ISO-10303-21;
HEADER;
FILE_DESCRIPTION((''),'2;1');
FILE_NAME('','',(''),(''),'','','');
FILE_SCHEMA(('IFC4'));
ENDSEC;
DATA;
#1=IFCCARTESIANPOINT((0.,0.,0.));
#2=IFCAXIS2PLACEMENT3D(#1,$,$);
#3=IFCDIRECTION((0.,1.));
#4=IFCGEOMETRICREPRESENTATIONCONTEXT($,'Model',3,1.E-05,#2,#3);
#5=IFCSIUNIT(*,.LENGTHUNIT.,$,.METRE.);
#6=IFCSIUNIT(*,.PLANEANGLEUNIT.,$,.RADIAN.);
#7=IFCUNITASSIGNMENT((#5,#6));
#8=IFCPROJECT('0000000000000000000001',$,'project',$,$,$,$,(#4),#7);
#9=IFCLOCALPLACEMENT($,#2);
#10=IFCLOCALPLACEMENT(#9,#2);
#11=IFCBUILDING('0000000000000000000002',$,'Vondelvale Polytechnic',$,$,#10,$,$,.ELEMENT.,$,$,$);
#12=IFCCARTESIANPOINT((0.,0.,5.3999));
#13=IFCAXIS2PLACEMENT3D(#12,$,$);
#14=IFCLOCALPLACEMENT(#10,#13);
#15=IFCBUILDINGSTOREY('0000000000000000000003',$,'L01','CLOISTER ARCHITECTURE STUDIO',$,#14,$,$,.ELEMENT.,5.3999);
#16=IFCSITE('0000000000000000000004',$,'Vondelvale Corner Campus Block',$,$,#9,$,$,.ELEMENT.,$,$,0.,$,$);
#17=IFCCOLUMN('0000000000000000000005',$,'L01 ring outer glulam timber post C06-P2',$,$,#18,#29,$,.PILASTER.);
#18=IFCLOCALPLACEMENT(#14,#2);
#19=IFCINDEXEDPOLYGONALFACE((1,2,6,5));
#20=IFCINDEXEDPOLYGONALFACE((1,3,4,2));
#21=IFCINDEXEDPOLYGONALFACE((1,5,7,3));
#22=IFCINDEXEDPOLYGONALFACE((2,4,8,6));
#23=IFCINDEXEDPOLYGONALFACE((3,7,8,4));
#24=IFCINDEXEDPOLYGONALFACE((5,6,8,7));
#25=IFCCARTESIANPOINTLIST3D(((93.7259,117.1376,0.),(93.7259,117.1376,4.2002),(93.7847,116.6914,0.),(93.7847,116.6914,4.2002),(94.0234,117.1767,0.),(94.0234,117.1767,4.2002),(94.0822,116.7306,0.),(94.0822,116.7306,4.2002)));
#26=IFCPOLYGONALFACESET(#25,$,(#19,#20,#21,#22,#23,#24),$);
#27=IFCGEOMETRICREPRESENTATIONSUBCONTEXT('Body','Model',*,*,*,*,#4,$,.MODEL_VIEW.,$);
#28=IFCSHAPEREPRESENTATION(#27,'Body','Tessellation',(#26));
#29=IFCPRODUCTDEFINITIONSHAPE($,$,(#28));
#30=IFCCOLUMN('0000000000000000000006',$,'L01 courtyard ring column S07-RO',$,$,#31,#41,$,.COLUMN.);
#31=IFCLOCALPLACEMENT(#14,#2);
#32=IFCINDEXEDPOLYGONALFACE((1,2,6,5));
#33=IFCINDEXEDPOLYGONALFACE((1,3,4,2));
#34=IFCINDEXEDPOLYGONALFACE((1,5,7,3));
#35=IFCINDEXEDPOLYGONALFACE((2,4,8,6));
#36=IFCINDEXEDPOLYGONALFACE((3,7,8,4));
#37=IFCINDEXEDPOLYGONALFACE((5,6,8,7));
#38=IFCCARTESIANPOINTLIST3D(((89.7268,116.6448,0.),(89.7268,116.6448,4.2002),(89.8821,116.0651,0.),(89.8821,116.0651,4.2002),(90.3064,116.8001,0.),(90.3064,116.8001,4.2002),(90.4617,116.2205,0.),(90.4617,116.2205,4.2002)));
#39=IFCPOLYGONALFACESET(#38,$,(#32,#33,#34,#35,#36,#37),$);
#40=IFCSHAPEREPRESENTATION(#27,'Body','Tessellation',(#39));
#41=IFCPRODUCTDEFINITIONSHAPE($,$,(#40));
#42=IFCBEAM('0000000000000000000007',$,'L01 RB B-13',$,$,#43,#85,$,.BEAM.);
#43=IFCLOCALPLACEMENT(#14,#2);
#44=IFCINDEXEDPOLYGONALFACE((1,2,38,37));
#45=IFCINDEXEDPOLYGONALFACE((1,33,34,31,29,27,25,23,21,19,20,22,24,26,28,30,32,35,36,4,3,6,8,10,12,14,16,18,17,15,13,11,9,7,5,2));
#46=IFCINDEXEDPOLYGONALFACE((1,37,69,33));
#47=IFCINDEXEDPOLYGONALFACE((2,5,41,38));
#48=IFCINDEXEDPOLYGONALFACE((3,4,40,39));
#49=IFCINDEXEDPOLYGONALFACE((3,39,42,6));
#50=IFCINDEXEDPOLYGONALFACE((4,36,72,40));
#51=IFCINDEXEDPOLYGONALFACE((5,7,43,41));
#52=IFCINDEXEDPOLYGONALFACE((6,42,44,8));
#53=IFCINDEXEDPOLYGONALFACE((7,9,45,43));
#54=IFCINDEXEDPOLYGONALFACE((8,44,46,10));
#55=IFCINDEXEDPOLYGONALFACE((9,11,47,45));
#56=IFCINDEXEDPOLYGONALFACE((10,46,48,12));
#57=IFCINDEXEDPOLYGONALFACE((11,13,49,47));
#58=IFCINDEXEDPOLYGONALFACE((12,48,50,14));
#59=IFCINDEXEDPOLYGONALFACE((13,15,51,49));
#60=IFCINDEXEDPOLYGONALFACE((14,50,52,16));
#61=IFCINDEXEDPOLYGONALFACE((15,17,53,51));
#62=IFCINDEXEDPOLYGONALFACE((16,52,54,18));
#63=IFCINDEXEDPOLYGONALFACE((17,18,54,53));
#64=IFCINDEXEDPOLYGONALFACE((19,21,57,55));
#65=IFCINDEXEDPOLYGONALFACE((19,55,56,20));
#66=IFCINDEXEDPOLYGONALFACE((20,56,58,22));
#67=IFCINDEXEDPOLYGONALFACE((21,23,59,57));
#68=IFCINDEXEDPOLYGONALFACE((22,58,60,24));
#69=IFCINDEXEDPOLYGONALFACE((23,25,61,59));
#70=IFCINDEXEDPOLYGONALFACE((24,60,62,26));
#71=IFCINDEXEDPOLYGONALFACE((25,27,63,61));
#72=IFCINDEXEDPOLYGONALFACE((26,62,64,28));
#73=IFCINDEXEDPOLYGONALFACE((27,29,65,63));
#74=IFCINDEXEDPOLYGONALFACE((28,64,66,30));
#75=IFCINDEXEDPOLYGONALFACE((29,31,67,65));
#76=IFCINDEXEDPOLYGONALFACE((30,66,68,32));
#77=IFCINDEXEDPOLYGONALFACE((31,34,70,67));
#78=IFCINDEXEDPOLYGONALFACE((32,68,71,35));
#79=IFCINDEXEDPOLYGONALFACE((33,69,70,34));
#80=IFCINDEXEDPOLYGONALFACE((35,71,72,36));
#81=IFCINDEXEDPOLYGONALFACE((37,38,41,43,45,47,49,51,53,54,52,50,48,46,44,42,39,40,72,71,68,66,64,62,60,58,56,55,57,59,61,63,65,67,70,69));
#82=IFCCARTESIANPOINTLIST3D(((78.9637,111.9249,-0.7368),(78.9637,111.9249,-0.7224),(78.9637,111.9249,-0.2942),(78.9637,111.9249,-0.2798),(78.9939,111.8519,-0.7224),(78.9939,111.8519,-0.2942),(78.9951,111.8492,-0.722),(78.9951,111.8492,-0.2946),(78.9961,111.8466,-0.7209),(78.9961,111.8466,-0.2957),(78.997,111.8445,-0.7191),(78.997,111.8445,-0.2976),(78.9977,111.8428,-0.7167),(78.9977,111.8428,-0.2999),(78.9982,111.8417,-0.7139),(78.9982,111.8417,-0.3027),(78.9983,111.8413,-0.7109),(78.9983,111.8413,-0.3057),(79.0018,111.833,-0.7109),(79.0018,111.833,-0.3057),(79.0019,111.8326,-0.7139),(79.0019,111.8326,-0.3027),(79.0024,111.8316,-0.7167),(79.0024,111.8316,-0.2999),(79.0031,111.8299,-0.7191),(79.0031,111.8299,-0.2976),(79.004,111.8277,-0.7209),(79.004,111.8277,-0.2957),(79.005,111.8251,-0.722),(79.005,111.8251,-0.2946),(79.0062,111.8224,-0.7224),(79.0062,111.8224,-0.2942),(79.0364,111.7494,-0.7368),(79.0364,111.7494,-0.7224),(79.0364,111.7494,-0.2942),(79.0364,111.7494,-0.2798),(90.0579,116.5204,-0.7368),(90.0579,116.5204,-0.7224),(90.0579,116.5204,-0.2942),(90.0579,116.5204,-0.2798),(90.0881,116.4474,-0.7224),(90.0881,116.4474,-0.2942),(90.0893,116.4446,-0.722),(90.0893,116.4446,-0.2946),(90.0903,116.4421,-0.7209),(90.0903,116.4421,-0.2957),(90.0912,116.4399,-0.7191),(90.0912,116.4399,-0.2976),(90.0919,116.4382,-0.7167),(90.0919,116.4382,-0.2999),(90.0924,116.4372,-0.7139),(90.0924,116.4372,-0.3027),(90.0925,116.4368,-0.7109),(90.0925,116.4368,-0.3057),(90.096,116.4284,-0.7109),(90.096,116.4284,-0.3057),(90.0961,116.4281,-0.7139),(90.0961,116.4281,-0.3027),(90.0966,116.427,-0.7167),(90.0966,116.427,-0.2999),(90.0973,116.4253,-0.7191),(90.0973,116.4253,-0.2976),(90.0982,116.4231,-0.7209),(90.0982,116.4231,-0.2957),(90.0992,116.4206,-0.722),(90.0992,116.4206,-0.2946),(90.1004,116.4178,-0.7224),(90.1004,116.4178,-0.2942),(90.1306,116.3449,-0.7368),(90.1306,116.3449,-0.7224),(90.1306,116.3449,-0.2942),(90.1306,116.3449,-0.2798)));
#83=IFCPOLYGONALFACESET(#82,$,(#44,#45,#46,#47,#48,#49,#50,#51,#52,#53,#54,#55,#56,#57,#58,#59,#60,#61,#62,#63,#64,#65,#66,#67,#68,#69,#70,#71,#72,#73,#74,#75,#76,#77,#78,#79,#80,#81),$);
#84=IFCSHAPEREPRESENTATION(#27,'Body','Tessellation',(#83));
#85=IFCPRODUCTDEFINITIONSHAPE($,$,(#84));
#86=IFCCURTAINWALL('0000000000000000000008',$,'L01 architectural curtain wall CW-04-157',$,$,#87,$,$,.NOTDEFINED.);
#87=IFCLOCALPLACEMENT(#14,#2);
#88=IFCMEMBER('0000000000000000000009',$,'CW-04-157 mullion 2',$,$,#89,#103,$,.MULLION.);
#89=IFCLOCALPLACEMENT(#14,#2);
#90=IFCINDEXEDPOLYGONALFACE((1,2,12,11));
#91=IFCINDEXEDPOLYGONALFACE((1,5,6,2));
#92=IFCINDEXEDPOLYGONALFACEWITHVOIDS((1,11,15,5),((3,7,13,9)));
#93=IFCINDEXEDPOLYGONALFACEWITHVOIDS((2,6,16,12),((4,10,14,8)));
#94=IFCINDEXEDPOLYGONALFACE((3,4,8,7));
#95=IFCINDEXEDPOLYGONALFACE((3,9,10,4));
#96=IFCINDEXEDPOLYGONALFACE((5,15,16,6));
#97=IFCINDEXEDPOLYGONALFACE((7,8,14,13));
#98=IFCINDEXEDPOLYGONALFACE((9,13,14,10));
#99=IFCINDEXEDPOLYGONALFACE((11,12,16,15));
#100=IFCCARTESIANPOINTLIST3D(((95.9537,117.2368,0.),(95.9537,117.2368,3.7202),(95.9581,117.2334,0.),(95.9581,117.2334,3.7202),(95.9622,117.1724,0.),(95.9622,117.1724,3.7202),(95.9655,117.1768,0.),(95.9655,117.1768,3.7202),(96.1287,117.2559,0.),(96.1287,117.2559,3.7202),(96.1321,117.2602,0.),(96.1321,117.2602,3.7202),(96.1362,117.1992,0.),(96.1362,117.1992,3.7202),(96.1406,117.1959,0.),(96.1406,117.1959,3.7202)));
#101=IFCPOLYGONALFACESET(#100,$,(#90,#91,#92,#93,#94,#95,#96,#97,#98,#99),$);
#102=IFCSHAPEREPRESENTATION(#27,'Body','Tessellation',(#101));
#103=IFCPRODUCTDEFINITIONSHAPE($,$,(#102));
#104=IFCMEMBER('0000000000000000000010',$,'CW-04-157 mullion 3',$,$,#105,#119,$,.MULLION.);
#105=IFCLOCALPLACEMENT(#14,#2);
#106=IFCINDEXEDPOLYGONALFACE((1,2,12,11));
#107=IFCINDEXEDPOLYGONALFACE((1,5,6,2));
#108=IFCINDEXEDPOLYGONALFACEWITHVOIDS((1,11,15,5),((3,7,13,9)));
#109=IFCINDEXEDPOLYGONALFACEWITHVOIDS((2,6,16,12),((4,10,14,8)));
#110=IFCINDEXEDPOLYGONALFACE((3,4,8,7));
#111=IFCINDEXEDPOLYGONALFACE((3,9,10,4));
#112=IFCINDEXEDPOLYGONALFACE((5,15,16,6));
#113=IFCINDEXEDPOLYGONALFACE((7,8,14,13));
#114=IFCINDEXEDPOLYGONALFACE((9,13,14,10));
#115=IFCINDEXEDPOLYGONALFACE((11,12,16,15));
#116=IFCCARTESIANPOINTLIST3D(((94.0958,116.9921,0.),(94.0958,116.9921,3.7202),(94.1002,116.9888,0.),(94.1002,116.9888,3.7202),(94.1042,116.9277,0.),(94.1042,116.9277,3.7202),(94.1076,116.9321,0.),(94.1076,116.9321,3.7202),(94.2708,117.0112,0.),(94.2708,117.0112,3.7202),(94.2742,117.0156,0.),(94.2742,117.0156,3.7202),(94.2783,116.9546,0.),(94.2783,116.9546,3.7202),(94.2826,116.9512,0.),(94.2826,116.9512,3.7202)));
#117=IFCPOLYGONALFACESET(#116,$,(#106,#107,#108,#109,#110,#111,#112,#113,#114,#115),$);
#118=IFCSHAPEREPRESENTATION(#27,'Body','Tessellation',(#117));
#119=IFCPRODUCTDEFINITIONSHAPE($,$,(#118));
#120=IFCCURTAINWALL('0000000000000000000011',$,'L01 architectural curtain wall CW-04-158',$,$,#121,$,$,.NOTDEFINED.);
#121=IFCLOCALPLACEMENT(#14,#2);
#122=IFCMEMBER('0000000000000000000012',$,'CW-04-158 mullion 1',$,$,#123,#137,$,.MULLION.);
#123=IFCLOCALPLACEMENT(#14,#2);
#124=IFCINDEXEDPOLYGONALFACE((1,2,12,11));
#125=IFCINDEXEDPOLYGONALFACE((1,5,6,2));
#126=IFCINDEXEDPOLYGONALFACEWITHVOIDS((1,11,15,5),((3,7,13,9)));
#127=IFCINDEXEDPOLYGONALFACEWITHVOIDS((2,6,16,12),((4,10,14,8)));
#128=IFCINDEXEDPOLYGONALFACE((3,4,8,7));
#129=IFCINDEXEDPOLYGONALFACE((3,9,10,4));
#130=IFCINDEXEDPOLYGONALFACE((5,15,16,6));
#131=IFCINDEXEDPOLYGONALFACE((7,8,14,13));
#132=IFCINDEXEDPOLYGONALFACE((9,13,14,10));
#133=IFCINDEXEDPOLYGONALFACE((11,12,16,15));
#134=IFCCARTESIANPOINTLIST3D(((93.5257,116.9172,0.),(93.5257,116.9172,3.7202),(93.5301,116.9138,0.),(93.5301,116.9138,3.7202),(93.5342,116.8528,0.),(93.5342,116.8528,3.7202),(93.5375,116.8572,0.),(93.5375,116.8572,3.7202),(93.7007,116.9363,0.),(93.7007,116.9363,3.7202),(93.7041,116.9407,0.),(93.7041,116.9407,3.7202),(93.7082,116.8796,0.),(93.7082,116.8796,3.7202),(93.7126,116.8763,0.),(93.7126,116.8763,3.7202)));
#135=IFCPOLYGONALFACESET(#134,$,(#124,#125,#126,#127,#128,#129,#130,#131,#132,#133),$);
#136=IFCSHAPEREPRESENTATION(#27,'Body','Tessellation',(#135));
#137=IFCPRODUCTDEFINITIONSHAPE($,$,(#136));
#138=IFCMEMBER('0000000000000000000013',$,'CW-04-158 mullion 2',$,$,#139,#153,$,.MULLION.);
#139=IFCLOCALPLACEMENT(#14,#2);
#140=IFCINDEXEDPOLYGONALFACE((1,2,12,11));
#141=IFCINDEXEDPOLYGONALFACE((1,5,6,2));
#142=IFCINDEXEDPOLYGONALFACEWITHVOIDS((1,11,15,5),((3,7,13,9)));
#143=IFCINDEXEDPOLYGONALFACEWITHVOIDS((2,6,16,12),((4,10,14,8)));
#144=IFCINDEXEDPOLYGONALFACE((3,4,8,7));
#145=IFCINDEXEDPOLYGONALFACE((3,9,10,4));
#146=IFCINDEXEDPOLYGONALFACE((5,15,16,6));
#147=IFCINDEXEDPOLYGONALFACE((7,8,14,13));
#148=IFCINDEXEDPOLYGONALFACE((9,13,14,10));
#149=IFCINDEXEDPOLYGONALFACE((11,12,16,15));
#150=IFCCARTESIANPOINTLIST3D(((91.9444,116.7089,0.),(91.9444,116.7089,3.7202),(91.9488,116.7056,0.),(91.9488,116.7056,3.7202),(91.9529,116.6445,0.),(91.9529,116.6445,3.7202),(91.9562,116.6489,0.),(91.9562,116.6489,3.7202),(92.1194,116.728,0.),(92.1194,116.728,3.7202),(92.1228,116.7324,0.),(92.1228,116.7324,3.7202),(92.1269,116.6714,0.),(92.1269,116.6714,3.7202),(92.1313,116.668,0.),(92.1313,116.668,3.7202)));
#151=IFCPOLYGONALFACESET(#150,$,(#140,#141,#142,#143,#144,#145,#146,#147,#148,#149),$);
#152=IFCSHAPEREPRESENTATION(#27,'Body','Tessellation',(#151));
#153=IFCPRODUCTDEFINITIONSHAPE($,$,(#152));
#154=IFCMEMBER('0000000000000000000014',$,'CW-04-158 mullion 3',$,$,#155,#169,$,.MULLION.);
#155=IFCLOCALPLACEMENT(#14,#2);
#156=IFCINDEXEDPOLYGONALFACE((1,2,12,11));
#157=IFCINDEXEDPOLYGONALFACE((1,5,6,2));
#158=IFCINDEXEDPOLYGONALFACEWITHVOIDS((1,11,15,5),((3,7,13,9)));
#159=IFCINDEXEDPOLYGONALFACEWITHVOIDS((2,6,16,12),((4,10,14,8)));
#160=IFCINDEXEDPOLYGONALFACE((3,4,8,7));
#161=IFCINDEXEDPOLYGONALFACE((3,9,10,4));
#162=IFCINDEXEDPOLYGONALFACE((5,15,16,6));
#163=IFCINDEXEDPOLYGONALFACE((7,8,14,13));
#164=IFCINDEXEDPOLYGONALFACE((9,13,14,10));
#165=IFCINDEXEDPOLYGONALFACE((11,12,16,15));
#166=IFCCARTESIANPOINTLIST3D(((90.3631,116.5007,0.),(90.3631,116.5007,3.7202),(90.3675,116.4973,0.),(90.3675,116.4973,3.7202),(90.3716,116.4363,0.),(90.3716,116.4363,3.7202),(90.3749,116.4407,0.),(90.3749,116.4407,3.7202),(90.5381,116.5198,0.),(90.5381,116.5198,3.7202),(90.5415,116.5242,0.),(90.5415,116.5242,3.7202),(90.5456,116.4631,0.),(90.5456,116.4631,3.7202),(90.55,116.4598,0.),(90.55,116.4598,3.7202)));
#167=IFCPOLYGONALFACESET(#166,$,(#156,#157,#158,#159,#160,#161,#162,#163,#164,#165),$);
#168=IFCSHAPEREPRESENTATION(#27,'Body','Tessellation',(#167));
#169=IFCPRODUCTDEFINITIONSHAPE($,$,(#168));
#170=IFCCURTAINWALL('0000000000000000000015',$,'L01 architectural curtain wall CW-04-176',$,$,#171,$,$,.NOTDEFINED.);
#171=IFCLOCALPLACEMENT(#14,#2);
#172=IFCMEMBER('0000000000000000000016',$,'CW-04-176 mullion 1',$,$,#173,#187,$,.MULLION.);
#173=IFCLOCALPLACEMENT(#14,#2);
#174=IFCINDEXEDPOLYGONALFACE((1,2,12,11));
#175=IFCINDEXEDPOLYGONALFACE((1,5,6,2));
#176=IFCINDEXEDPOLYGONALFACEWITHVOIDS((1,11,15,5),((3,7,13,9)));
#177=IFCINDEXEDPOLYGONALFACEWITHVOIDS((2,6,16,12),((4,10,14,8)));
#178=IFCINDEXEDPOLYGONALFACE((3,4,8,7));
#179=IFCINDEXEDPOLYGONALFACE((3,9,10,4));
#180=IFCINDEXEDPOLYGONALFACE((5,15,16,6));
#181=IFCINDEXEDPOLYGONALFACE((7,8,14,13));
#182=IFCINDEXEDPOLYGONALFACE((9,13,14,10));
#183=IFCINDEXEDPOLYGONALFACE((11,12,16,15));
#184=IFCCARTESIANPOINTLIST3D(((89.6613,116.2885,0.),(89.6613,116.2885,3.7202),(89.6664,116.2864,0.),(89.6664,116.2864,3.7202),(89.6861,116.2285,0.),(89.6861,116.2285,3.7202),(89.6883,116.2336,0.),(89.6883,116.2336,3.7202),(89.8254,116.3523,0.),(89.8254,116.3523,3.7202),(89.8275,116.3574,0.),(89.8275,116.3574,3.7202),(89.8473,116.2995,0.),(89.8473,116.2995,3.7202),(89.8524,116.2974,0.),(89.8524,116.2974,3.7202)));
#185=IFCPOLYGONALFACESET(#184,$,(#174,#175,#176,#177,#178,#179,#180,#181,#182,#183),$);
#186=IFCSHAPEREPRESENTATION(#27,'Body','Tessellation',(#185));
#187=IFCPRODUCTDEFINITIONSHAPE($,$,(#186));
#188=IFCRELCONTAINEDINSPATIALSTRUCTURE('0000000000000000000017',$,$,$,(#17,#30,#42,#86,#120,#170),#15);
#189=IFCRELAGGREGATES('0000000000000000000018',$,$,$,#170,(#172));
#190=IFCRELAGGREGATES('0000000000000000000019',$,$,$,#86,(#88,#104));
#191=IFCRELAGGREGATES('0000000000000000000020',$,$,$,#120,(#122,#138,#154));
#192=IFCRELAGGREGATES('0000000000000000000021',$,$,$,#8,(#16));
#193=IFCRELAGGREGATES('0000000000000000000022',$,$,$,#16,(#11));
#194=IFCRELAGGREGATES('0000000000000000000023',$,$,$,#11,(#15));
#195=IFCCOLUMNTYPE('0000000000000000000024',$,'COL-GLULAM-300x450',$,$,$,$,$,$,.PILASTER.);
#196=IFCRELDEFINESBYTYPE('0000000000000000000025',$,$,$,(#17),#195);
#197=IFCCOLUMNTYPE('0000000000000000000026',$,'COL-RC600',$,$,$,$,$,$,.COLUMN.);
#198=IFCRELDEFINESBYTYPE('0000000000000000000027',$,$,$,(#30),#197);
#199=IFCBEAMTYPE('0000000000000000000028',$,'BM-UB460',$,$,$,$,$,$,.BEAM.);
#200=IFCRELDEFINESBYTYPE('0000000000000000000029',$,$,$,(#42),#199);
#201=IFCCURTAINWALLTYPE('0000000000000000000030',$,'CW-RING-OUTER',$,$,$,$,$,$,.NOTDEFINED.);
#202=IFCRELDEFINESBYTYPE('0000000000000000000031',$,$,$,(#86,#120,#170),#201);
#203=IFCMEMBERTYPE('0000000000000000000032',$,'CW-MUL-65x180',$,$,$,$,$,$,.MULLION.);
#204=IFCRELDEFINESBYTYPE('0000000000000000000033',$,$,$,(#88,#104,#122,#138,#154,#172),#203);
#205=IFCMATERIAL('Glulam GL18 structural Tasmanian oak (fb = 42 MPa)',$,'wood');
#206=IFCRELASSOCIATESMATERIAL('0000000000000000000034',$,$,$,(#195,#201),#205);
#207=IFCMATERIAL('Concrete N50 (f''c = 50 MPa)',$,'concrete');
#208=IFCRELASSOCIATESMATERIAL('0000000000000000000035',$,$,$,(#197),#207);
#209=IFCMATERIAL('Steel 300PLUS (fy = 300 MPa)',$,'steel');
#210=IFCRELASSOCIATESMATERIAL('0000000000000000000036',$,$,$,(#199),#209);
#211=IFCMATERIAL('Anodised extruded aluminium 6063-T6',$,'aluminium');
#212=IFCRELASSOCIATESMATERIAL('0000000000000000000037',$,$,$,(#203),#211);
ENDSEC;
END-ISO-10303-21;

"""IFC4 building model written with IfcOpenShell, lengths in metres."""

from ifc_helpers import new_model, si_unit, direction, frame, origin, origin_2d, place, context, subcontext, project, spatial, rectangle, hollow_rectangle, i_section, extrude, material, material_profile, profile_set, type_object, element, aggregate, save


model = new_model("IFC4")

# Units and contexts
model_context = context("Model", 3, precision=1e-05, world=origin(), true_north=direction((0.0, 1.0)))
body_context = subcontext(model_context, "Body", "Model", "MODEL_VIEW")
ifc_project = project(units=[si_unit("LENGTHUNIT", "METRE"), si_unit("PLANEANGLEUNIT", "RADIAN")], contexts=[model_context])

# Site, building, storey
site_placement = place(None, origin())
site = spatial("IfcSite", under=ifc_project, at=site_placement, Name="Vondelvale Corner Campus Block", CompositionType="ELEMENT", RefElevation=0.0)
building_placement = place(site_placement, origin())
building = spatial("IfcBuilding", under=site, at=building_placement, Name="Vondelvale Polytechnic", CompositionType="ELEMENT")
storey_placement = place(building_placement, frame((0.0, 0.0, 5.3999)))
storey = spatial("IfcBuildingStorey", under=building, at=storey_placement, Name="L01", Description="CLOISTER ARCHITECTURE STUDIO", CompositionType="ELEMENT", Elevation=5.3999)

# Columns
ifc_material_1 = material(Name="Glulam GL18 structural Tasmanian oak (fb = 42 MPa)", Category="wood")
ifc_material_profile_1 = material_profile(ifc_material_1, rectangle(XDim=0.3, YDim=0.45, at=origin_2d()), Name="GL-POST-300x450")
ifc_profile_set_1 = profile_set([ifc_material_profile_1], Name="Glulam GL18 structural Tasmanian oak (fb = 42 MPa)")
column_type_1 = type_object("IfcColumnType", Name="COL-GLULAM-300x450", PredefinedType="PILASTER", material=ifc_profile_set_1)
column_1_placement = place(storey_placement, frame((93.9041, 116.9341, 0.0), z_axis=(0.0, 0.0, 1.0), x_axis=(0.991445, 0.130526, 0.0)))
element("IfcColumn", 1, at=column_1_placement, inside=storey, type_object=column_type_1, Name="L01 ring outer glulam timber post C06-P2", PredefinedType="PILASTER", context=body_context, shape_type="SweptSolid", body=[
    extrude(rectangle(XDim=0.3, YDim=0.45, at=origin_2d()), origin(), (0.0, 0.0, 1.0), 4.2002),
])
ifc_material_2 = material(Name="Concrete N50 (f'c = 50 MPa)", Category="concrete")
ifc_material_profile_2 = material_profile(ifc_material_2, rectangle(XDim=0.6001, YDim=0.6001, at=origin_2d()), Name="RC-COL-600x600")
ifc_profile_set_2 = profile_set([ifc_material_profile_2], Name="Concrete N50 (f'c = 50 MPa)")
column_type_2 = type_object("IfcColumnType", Name="COL-RC600", PredefinedType="COLUMN", material=ifc_profile_set_2)
column_2_placement = place(storey_placement, frame((90.0942, 116.4326, 0.0), z_axis=(0.0, 0.0, 1.0), x_axis=(-0.258819, 0.965926, 0.0)))
element("IfcColumn", 2, at=column_2_placement, inside=storey, type_object=column_type_2, Name="L01 courtyard ring column S07-RO", PredefinedType="COLUMN", context=body_context, shape_type="SweptSolid", body=[
    extrude(rectangle(XDim=0.6001, YDim=0.6001, at=origin_2d()), origin(), (0.0, 0.0, 1.0), 4.2002),
])

# Beam
ifc_material_3 = material(Name="Steel 300PLUS (fy = 300 MPa)", Category="steel")
ifc_material_profile_3 = material_profile(ifc_material_3, i_section(OverallWidth=0.1899, OverallDepth=0.457, WebThickness=0.009, FlangeThickness=0.0144, FilletRadius=0.0115, at=origin_2d()), Name="460UB74.6")
ifc_profile_set_3 = profile_set([ifc_material_profile_3], Name="Steel 300PLUS (fy = 300 MPa)")
beam_type = type_object("IfcBeamType", Name="BM-UB460", PredefinedType="BEAM", material=ifc_profile_set_3)
beam_placement = place(storey_placement, frame((90.0942, 116.4326, -0.5083), z_axis=(-0.923877, -0.382689, 0.0), x_axis=(0.382689, -0.923877, 0.0)))
element("IfcBeam", 3, at=beam_placement, inside=storey, type_object=beam_type, Name="L01 RB B-13", PredefinedType="BEAM", context=body_context, shape_type="SweptSolid", body=[
    extrude(i_section(OverallWidth=0.1899, OverallDepth=0.457, WebThickness=0.009, FlangeThickness=0.0144, FilletRadius=0.0115, at=origin_2d()), origin(), (0.0, 0.0, 1.0), 12.0083),
])

# Curtain walls, members
curtain_wall_type = type_object("IfcCurtainWallType", Name="CW-RING-OUTER", PredefinedType="NOTDEFINED", material=ifc_material_1)
curtain_wall_1_placement = place(storey_placement, origin())
curtain_wall_1 = element("IfcCurtainWall", 4, at=curtain_wall_1_placement, inside=storey, type_object=curtain_wall_type, Name="L01 architectural curtain wall CW-04-157", PredefinedType="NOTDEFINED")
ifc_material_4 = material(Name="Anodised extruded aluminium 6063-T6", Category="aluminium")
ifc_material_profile_4 = material_profile(ifc_material_4, hollow_rectangle(XDim=0.0649, YDim=0.1799, WallThickness=0.0039, at=origin_2d()), Name="CW-MUL-180x65")
ifc_profile_set_4 = profile_set([ifc_material_profile_4], Name="Anodised extruded aluminium 6063-T6")
member_type_1 = type_object("IfcMemberType", Name="CW-MUL-65x180", PredefinedType="MULLION", material=ifc_profile_set_4)
member_1_placement = place(storey_placement, frame((96.0471, 117.2163, 0.0), z_axis=(0.0, 0.0, 1.0), x_axis=(0.130497, -0.991449, 0.0)))
member_1 = element("IfcMember", 5, at=member_1_placement, type_object=member_type_1, Name="CW-04-157 mullion 2", PredefinedType="MULLION", context=body_context, shape_type="SweptSolid", body=[
    extrude(hollow_rectangle(XDim=0.0649, YDim=0.1799, WallThickness=0.0039, at=origin_2d()), origin(), (0.0, 0.0, 1.0), 3.7202),
])
member_2_placement = place(storey_placement, frame((94.1892, 116.9717, 0.0), z_axis=(0.0, 0.0, 1.0), x_axis=(0.130497, -0.991449, 0.0)))
member_2 = element("IfcMember", 6, at=member_2_placement, type_object=member_type_1, Name="CW-04-157 mullion 3", PredefinedType="MULLION", context=body_context, shape_type="SweptSolid", body=[
    extrude(hollow_rectangle(XDim=0.0649, YDim=0.1799, WallThickness=0.0039, at=origin_2d()), origin(), (0.0, 0.0, 1.0), 3.7202),
])
curtain_wall_2_placement = place(storey_placement, origin())
curtain_wall_2 = element("IfcCurtainWall", 7, at=curtain_wall_2_placement, inside=storey, type_object=curtain_wall_type, Name="L01 architectural curtain wall CW-04-158", PredefinedType="NOTDEFINED")
member_3_placement = place(storey_placement, frame((93.6191, 116.8967, 0.0), z_axis=(0.0, 0.0, 1.0), x_axis=(0.13054, -0.991443, 0.0)))
member_3 = element("IfcMember", 8, at=member_3_placement, type_object=member_type_1, Name="CW-04-158 mullion 1", PredefinedType="MULLION", context=body_context, shape_type="SweptSolid", body=[
    extrude(hollow_rectangle(XDim=0.0649, YDim=0.1799, WallThickness=0.0039, at=origin_2d()), origin(), (0.0, 0.0, 1.0), 3.7202),
])
member_4_placement = place(storey_placement, frame((92.0378, 116.6885, 0.0), z_axis=(0.0, 0.0, 1.0), x_axis=(0.13054, -0.991443, 0.0)))
member_4 = element("IfcMember", 9, at=member_4_placement, type_object=member_type_1, Name="CW-04-158 mullion 2", PredefinedType="MULLION", context=body_context, shape_type="SweptSolid", body=[
    extrude(hollow_rectangle(XDim=0.0649, YDim=0.1799, WallThickness=0.0039, at=origin_2d()), origin(), (0.0, 0.0, 1.0), 3.7202),
])
member_5_placement = place(storey_placement, frame((90.4565, 116.4802, 0.0), z_axis=(0.0, 0.0, 1.0), x_axis=(0.13054, -0.991443, 0.0)))
member_5 = element("IfcMember", 10, at=member_5_placement, type_object=member_type_1, Name="CW-04-158 mullion 3", PredefinedType="MULLION", context=body_context, shape_type="SweptSolid", body=[
    extrude(hollow_rectangle(XDim=0.0649, YDim=0.1799, WallThickness=0.0039, at=origin_2d()), origin(), (0.0, 0.0, 1.0), 3.7202),
])

# Curtain wall, member
curtain_wall_3_placement = place(storey_placement, origin())
curtain_wall_3 = element("IfcCurtainWall", 11, at=curtain_wall_3_placement, inside=storey, type_object=curtain_wall_type, Name="L01 architectural curtain wall CW-04-176", PredefinedType="NOTDEFINED")
member_6_placement = place(storey_placement, frame((89.7568, 116.293, 0.0), z_axis=(0.0, 0.0, 1.0), x_axis=(0.382677, -0.923882, 0.0)))
member_6 = element("IfcMember", 12, at=member_6_placement, type_object=member_type_1, Name="CW-04-176 mullion 1", PredefinedType="MULLION", context=body_context, shape_type="SweptSolid", body=[
    extrude(hollow_rectangle(XDim=0.0649, YDim=0.1799, WallThickness=0.0039, at=origin_2d()), origin(), (0.0, 0.0, 1.0), 3.7202),
])
aggregate(curtain_wall_3, [member_6])

aggregate(curtain_wall_1, [member_1, member_2])
aggregate(curtain_wall_2, [member_3, member_4, member_5])

save(model, "model.ifc")
